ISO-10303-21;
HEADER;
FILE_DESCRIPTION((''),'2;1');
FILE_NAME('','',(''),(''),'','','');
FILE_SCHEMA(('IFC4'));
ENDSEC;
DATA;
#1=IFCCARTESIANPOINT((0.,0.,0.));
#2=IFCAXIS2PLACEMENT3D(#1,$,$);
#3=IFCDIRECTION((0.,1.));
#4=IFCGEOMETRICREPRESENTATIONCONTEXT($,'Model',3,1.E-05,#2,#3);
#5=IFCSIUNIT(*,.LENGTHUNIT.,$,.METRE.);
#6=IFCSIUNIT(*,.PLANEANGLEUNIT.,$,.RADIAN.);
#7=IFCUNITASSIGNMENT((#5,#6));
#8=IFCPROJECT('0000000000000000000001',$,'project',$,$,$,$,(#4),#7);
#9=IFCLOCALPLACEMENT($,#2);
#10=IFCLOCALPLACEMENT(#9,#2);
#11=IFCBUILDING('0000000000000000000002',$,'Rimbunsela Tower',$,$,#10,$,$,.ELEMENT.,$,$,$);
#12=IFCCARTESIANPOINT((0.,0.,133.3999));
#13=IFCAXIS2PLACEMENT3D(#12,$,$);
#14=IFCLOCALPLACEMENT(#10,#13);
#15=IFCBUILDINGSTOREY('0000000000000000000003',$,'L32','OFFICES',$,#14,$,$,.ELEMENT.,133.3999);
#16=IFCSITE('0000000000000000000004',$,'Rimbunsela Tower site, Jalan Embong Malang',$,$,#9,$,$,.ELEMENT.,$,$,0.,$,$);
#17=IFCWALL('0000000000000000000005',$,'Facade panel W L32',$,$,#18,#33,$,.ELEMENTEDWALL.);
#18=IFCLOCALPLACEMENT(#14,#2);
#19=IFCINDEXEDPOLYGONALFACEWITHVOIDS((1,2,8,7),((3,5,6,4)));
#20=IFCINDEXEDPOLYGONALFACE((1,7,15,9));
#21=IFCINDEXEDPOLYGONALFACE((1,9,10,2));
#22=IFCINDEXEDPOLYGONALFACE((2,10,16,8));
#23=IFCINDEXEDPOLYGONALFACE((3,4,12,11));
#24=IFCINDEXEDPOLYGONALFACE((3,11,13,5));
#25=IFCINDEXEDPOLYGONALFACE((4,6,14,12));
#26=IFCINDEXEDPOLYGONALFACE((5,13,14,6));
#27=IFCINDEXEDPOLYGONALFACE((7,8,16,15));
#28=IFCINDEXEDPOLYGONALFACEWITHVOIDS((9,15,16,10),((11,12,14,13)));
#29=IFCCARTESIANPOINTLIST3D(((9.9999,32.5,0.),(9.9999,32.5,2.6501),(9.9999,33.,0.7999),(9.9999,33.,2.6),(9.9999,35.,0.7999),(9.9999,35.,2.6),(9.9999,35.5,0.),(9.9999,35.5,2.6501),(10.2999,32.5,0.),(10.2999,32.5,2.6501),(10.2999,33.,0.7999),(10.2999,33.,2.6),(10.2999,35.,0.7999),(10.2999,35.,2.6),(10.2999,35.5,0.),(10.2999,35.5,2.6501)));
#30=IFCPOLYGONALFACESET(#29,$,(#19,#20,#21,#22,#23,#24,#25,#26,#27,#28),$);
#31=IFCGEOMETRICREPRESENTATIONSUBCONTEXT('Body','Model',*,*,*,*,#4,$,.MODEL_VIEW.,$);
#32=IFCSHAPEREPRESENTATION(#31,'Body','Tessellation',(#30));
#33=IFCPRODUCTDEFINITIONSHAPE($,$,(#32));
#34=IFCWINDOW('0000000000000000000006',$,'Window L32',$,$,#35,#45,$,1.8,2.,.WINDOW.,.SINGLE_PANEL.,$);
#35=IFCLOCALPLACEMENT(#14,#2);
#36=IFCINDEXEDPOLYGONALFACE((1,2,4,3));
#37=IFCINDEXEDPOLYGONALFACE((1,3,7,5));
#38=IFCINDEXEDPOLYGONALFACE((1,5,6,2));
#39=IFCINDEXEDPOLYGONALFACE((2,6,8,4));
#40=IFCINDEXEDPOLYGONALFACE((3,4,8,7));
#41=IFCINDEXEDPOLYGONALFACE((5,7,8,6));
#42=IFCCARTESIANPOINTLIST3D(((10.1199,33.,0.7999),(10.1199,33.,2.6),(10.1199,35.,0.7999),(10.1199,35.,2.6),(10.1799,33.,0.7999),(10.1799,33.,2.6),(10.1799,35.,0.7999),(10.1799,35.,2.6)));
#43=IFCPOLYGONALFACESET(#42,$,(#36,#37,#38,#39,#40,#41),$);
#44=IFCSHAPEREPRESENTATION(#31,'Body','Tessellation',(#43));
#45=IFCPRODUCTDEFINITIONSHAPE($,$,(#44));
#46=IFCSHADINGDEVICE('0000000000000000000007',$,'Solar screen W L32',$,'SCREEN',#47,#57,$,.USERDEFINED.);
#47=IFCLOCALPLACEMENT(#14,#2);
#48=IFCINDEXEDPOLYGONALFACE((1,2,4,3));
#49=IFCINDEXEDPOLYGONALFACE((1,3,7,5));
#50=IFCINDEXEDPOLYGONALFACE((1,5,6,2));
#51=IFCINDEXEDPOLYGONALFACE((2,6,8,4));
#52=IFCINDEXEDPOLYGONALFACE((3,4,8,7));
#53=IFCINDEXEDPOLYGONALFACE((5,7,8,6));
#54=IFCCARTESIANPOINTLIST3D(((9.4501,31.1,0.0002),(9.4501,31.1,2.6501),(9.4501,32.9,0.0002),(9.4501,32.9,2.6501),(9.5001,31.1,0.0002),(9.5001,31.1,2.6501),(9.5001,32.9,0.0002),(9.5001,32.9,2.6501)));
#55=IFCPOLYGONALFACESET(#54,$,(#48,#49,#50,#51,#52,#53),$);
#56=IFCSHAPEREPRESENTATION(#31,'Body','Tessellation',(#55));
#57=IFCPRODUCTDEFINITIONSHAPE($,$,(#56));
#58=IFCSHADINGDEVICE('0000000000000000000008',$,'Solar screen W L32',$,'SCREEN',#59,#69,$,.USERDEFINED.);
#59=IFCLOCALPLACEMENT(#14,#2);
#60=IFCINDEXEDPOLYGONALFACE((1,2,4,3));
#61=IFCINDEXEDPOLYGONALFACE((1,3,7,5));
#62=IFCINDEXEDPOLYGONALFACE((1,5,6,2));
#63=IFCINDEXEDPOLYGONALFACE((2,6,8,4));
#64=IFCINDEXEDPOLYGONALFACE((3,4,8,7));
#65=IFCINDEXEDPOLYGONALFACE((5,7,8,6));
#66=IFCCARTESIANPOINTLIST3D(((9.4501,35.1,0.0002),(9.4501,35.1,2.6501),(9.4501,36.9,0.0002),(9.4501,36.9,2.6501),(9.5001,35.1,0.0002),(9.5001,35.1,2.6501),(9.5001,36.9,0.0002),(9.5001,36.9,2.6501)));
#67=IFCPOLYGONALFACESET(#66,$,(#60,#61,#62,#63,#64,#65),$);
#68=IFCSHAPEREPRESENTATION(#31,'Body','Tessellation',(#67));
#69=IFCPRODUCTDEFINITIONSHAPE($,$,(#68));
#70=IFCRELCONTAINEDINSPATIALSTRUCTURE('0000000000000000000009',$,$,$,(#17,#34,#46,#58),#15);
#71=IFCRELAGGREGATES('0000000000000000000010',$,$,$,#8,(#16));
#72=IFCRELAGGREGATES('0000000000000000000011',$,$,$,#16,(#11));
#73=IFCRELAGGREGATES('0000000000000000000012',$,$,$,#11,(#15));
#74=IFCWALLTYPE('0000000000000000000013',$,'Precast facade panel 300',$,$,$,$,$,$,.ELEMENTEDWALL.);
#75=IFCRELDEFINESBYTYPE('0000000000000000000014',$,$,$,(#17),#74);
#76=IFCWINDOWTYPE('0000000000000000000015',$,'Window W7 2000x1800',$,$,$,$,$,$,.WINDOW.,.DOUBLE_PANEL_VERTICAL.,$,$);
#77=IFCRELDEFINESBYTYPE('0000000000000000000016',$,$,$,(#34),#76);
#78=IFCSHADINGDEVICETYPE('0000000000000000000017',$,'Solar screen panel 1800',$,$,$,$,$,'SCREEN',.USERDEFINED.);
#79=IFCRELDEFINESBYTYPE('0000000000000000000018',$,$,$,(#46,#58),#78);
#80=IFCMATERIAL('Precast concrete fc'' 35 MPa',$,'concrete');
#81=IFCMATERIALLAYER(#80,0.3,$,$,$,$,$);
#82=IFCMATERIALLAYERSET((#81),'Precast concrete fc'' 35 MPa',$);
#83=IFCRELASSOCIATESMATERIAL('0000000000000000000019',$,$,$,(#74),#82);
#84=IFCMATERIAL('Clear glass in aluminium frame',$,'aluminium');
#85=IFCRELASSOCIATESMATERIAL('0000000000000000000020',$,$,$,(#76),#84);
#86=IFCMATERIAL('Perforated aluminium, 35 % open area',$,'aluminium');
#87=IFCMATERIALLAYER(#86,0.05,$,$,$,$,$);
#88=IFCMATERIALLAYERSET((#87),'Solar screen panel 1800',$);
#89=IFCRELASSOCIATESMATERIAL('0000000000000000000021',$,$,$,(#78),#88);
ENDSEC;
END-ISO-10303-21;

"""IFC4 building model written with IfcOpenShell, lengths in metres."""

from ifc_helpers import new_model, si_unit, direction, frame, frame_2d, origin, origin_2d, place, context, subcontext, project, spatial, rectangle, extrude, material, layer, layer_set, type_object, element, fill, save


model = new_model("IFC4")

# Units and contexts
model_context = context("Model", 3, precision=1e-05, world=origin(), true_north=direction((0.0, 1.0)))
body_context = subcontext(model_context, "Body", "Model", "MODEL_VIEW")
ifc_project = project(units=[si_unit("LENGTHUNIT", "METRE"), si_unit("PLANEANGLEUNIT", "RADIAN")], contexts=[model_context])

# Site, building, storey
site_placement = place(None, origin())
site = spatial("IfcSite", under=ifc_project, at=site_placement, Name="Rimbunsela Tower site, Jalan Embong Malang", CompositionType="ELEMENT", RefElevation=0.0)
building_placement = place(site_placement, origin())
building = spatial("IfcBuilding", under=site, at=building_placement, Name="Rimbunsela Tower", CompositionType="ELEMENT")
storey_placement = place(building_placement, frame((0.0, 0.0, 133.3999)))
storey = spatial("IfcBuildingStorey", under=building, at=storey_placement, Name="L32", Description="OFFICES", CompositionType="ELEMENT", Elevation=133.3999)

# Wall, opening, window
ifc_material_1 = material(Name="Precast concrete fc' 35 MPa", Category="concrete")
ifc_layer_1 = layer(ifc_material_1, 0.3)
ifc_layer_set_1 = layer_set([ifc_layer_1], Name="Precast concrete fc' 35 MPa")
wall_type = type_object("IfcWallType", Name="Precast facade panel 300", PredefinedType="ELEMENTEDWALL", material=ifc_layer_set_1)
ifc_material_2 = material(Name="Clear glass in aluminium frame", Category="aluminium")
window_type = type_object("IfcWindowType", Name="Window W7 2000x1800", PartitioningType="DOUBLE_PANEL_VERTICAL", PredefinedType="WINDOW", material=ifc_material_2)
wall_1_placement = place(storey_placement, frame((10.1499, 35.5, 0.0), z_axis=(0.0, 0.0, 1.0), x_axis=(0.0, -1.0, 0.0)))
wall_1 = element("IfcWall", 1, at=wall_1_placement, inside=storey, type_object=wall_type, Name="Facade panel W L32", PredefinedType="ELEMENTEDWALL", context=body_context, shape_type="SweptSolid", body=[
    extrude(rectangle(XDim=3.0, YDim=0.3, at=frame_2d((1.5, 0.0))), origin(), (0.0, 0.0, 1.0), 2.6501),
])
opening_1_placement = place(wall_1_placement, frame((0.5, 0.0, 0.8)))
opening_1 = element("IfcOpeningElement", 2, at=opening_1_placement, cuts=wall_1, PredefinedType="OPENING", context=body_context, shape_type="SweptSolid", body=[
    extrude(rectangle(XDim=2.0, YDim=1.8, at=frame_2d((1.0, 0.8999))), frame((0.0, 0.1599, 0.0), z_axis=(0.0, -1.0, 0.0), x_axis=(1.0, 0.0, 0.0)), (0.0, 0.0, 1.0), 0.3201),
])
window_1_placement = place(opening_1_placement, origin())
window_1 = element("IfcWindow", 3, at=window_1_placement, inside=storey, type_object=window_type, Name="Window L32", OverallHeight=1.8, OverallWidth=2.0, PartitioningType="SINGLE_PANEL", PredefinedType="WINDOW", context=body_context, shape_type="SweptSolid", body=[
    extrude(rectangle(XDim=2.0, YDim=1.8, at=frame_2d((1.0, 0.8999))), frame((0.0, 0.03, 0.0), z_axis=(0.0, -1.0, 0.0), x_axis=(1.0, 0.0, 0.0)), (0.0, 0.0, 1.0), 0.0601),
])
fill(opening_1, window_1)

# Shading devices
ifc_material_3 = material(Name="Perforated aluminium, 35 % open area", Category="aluminium")
ifc_layer_2 = layer(ifc_material_3, 0.05)
ifc_layer_set_2 = layer_set([ifc_layer_2], Name="Solar screen panel 1800")
shading_device_type = type_object("IfcShadingDeviceType", Name="Solar screen panel 1800", ElementType="SCREEN", PredefinedType="USERDEFINED", material=ifc_layer_set_2)
for number, where, z_axis, x_axis, name in (
    (4, (9.4751, 32.0, 0.0002), (0.0, 0.0, 1.0), (0.0, 1.0, 0.0), "Solar screen W L32"),
    (5, (9.4751, 36.0, 0.0002), (0.0, 0.0, 1.0), (0.0, 1.0, 0.0), "Solar screen W L32"),
):
    element("IfcShadingDevice", number, at=place(storey_placement, frame(where, z_axis=z_axis, x_axis=x_axis)), inside=storey, type_object=shading_device_type, Name=name, ObjectType="SCREEN", PredefinedType="USERDEFINED", context=body_context, shape_type="SweptSolid", body=[
        extrude(rectangle(XDim=1.8, YDim=0.05, at=origin_2d()), origin(), (0.0, 0.0, 1.0), 2.6499),
    ])

save(model, "model.ifc")
